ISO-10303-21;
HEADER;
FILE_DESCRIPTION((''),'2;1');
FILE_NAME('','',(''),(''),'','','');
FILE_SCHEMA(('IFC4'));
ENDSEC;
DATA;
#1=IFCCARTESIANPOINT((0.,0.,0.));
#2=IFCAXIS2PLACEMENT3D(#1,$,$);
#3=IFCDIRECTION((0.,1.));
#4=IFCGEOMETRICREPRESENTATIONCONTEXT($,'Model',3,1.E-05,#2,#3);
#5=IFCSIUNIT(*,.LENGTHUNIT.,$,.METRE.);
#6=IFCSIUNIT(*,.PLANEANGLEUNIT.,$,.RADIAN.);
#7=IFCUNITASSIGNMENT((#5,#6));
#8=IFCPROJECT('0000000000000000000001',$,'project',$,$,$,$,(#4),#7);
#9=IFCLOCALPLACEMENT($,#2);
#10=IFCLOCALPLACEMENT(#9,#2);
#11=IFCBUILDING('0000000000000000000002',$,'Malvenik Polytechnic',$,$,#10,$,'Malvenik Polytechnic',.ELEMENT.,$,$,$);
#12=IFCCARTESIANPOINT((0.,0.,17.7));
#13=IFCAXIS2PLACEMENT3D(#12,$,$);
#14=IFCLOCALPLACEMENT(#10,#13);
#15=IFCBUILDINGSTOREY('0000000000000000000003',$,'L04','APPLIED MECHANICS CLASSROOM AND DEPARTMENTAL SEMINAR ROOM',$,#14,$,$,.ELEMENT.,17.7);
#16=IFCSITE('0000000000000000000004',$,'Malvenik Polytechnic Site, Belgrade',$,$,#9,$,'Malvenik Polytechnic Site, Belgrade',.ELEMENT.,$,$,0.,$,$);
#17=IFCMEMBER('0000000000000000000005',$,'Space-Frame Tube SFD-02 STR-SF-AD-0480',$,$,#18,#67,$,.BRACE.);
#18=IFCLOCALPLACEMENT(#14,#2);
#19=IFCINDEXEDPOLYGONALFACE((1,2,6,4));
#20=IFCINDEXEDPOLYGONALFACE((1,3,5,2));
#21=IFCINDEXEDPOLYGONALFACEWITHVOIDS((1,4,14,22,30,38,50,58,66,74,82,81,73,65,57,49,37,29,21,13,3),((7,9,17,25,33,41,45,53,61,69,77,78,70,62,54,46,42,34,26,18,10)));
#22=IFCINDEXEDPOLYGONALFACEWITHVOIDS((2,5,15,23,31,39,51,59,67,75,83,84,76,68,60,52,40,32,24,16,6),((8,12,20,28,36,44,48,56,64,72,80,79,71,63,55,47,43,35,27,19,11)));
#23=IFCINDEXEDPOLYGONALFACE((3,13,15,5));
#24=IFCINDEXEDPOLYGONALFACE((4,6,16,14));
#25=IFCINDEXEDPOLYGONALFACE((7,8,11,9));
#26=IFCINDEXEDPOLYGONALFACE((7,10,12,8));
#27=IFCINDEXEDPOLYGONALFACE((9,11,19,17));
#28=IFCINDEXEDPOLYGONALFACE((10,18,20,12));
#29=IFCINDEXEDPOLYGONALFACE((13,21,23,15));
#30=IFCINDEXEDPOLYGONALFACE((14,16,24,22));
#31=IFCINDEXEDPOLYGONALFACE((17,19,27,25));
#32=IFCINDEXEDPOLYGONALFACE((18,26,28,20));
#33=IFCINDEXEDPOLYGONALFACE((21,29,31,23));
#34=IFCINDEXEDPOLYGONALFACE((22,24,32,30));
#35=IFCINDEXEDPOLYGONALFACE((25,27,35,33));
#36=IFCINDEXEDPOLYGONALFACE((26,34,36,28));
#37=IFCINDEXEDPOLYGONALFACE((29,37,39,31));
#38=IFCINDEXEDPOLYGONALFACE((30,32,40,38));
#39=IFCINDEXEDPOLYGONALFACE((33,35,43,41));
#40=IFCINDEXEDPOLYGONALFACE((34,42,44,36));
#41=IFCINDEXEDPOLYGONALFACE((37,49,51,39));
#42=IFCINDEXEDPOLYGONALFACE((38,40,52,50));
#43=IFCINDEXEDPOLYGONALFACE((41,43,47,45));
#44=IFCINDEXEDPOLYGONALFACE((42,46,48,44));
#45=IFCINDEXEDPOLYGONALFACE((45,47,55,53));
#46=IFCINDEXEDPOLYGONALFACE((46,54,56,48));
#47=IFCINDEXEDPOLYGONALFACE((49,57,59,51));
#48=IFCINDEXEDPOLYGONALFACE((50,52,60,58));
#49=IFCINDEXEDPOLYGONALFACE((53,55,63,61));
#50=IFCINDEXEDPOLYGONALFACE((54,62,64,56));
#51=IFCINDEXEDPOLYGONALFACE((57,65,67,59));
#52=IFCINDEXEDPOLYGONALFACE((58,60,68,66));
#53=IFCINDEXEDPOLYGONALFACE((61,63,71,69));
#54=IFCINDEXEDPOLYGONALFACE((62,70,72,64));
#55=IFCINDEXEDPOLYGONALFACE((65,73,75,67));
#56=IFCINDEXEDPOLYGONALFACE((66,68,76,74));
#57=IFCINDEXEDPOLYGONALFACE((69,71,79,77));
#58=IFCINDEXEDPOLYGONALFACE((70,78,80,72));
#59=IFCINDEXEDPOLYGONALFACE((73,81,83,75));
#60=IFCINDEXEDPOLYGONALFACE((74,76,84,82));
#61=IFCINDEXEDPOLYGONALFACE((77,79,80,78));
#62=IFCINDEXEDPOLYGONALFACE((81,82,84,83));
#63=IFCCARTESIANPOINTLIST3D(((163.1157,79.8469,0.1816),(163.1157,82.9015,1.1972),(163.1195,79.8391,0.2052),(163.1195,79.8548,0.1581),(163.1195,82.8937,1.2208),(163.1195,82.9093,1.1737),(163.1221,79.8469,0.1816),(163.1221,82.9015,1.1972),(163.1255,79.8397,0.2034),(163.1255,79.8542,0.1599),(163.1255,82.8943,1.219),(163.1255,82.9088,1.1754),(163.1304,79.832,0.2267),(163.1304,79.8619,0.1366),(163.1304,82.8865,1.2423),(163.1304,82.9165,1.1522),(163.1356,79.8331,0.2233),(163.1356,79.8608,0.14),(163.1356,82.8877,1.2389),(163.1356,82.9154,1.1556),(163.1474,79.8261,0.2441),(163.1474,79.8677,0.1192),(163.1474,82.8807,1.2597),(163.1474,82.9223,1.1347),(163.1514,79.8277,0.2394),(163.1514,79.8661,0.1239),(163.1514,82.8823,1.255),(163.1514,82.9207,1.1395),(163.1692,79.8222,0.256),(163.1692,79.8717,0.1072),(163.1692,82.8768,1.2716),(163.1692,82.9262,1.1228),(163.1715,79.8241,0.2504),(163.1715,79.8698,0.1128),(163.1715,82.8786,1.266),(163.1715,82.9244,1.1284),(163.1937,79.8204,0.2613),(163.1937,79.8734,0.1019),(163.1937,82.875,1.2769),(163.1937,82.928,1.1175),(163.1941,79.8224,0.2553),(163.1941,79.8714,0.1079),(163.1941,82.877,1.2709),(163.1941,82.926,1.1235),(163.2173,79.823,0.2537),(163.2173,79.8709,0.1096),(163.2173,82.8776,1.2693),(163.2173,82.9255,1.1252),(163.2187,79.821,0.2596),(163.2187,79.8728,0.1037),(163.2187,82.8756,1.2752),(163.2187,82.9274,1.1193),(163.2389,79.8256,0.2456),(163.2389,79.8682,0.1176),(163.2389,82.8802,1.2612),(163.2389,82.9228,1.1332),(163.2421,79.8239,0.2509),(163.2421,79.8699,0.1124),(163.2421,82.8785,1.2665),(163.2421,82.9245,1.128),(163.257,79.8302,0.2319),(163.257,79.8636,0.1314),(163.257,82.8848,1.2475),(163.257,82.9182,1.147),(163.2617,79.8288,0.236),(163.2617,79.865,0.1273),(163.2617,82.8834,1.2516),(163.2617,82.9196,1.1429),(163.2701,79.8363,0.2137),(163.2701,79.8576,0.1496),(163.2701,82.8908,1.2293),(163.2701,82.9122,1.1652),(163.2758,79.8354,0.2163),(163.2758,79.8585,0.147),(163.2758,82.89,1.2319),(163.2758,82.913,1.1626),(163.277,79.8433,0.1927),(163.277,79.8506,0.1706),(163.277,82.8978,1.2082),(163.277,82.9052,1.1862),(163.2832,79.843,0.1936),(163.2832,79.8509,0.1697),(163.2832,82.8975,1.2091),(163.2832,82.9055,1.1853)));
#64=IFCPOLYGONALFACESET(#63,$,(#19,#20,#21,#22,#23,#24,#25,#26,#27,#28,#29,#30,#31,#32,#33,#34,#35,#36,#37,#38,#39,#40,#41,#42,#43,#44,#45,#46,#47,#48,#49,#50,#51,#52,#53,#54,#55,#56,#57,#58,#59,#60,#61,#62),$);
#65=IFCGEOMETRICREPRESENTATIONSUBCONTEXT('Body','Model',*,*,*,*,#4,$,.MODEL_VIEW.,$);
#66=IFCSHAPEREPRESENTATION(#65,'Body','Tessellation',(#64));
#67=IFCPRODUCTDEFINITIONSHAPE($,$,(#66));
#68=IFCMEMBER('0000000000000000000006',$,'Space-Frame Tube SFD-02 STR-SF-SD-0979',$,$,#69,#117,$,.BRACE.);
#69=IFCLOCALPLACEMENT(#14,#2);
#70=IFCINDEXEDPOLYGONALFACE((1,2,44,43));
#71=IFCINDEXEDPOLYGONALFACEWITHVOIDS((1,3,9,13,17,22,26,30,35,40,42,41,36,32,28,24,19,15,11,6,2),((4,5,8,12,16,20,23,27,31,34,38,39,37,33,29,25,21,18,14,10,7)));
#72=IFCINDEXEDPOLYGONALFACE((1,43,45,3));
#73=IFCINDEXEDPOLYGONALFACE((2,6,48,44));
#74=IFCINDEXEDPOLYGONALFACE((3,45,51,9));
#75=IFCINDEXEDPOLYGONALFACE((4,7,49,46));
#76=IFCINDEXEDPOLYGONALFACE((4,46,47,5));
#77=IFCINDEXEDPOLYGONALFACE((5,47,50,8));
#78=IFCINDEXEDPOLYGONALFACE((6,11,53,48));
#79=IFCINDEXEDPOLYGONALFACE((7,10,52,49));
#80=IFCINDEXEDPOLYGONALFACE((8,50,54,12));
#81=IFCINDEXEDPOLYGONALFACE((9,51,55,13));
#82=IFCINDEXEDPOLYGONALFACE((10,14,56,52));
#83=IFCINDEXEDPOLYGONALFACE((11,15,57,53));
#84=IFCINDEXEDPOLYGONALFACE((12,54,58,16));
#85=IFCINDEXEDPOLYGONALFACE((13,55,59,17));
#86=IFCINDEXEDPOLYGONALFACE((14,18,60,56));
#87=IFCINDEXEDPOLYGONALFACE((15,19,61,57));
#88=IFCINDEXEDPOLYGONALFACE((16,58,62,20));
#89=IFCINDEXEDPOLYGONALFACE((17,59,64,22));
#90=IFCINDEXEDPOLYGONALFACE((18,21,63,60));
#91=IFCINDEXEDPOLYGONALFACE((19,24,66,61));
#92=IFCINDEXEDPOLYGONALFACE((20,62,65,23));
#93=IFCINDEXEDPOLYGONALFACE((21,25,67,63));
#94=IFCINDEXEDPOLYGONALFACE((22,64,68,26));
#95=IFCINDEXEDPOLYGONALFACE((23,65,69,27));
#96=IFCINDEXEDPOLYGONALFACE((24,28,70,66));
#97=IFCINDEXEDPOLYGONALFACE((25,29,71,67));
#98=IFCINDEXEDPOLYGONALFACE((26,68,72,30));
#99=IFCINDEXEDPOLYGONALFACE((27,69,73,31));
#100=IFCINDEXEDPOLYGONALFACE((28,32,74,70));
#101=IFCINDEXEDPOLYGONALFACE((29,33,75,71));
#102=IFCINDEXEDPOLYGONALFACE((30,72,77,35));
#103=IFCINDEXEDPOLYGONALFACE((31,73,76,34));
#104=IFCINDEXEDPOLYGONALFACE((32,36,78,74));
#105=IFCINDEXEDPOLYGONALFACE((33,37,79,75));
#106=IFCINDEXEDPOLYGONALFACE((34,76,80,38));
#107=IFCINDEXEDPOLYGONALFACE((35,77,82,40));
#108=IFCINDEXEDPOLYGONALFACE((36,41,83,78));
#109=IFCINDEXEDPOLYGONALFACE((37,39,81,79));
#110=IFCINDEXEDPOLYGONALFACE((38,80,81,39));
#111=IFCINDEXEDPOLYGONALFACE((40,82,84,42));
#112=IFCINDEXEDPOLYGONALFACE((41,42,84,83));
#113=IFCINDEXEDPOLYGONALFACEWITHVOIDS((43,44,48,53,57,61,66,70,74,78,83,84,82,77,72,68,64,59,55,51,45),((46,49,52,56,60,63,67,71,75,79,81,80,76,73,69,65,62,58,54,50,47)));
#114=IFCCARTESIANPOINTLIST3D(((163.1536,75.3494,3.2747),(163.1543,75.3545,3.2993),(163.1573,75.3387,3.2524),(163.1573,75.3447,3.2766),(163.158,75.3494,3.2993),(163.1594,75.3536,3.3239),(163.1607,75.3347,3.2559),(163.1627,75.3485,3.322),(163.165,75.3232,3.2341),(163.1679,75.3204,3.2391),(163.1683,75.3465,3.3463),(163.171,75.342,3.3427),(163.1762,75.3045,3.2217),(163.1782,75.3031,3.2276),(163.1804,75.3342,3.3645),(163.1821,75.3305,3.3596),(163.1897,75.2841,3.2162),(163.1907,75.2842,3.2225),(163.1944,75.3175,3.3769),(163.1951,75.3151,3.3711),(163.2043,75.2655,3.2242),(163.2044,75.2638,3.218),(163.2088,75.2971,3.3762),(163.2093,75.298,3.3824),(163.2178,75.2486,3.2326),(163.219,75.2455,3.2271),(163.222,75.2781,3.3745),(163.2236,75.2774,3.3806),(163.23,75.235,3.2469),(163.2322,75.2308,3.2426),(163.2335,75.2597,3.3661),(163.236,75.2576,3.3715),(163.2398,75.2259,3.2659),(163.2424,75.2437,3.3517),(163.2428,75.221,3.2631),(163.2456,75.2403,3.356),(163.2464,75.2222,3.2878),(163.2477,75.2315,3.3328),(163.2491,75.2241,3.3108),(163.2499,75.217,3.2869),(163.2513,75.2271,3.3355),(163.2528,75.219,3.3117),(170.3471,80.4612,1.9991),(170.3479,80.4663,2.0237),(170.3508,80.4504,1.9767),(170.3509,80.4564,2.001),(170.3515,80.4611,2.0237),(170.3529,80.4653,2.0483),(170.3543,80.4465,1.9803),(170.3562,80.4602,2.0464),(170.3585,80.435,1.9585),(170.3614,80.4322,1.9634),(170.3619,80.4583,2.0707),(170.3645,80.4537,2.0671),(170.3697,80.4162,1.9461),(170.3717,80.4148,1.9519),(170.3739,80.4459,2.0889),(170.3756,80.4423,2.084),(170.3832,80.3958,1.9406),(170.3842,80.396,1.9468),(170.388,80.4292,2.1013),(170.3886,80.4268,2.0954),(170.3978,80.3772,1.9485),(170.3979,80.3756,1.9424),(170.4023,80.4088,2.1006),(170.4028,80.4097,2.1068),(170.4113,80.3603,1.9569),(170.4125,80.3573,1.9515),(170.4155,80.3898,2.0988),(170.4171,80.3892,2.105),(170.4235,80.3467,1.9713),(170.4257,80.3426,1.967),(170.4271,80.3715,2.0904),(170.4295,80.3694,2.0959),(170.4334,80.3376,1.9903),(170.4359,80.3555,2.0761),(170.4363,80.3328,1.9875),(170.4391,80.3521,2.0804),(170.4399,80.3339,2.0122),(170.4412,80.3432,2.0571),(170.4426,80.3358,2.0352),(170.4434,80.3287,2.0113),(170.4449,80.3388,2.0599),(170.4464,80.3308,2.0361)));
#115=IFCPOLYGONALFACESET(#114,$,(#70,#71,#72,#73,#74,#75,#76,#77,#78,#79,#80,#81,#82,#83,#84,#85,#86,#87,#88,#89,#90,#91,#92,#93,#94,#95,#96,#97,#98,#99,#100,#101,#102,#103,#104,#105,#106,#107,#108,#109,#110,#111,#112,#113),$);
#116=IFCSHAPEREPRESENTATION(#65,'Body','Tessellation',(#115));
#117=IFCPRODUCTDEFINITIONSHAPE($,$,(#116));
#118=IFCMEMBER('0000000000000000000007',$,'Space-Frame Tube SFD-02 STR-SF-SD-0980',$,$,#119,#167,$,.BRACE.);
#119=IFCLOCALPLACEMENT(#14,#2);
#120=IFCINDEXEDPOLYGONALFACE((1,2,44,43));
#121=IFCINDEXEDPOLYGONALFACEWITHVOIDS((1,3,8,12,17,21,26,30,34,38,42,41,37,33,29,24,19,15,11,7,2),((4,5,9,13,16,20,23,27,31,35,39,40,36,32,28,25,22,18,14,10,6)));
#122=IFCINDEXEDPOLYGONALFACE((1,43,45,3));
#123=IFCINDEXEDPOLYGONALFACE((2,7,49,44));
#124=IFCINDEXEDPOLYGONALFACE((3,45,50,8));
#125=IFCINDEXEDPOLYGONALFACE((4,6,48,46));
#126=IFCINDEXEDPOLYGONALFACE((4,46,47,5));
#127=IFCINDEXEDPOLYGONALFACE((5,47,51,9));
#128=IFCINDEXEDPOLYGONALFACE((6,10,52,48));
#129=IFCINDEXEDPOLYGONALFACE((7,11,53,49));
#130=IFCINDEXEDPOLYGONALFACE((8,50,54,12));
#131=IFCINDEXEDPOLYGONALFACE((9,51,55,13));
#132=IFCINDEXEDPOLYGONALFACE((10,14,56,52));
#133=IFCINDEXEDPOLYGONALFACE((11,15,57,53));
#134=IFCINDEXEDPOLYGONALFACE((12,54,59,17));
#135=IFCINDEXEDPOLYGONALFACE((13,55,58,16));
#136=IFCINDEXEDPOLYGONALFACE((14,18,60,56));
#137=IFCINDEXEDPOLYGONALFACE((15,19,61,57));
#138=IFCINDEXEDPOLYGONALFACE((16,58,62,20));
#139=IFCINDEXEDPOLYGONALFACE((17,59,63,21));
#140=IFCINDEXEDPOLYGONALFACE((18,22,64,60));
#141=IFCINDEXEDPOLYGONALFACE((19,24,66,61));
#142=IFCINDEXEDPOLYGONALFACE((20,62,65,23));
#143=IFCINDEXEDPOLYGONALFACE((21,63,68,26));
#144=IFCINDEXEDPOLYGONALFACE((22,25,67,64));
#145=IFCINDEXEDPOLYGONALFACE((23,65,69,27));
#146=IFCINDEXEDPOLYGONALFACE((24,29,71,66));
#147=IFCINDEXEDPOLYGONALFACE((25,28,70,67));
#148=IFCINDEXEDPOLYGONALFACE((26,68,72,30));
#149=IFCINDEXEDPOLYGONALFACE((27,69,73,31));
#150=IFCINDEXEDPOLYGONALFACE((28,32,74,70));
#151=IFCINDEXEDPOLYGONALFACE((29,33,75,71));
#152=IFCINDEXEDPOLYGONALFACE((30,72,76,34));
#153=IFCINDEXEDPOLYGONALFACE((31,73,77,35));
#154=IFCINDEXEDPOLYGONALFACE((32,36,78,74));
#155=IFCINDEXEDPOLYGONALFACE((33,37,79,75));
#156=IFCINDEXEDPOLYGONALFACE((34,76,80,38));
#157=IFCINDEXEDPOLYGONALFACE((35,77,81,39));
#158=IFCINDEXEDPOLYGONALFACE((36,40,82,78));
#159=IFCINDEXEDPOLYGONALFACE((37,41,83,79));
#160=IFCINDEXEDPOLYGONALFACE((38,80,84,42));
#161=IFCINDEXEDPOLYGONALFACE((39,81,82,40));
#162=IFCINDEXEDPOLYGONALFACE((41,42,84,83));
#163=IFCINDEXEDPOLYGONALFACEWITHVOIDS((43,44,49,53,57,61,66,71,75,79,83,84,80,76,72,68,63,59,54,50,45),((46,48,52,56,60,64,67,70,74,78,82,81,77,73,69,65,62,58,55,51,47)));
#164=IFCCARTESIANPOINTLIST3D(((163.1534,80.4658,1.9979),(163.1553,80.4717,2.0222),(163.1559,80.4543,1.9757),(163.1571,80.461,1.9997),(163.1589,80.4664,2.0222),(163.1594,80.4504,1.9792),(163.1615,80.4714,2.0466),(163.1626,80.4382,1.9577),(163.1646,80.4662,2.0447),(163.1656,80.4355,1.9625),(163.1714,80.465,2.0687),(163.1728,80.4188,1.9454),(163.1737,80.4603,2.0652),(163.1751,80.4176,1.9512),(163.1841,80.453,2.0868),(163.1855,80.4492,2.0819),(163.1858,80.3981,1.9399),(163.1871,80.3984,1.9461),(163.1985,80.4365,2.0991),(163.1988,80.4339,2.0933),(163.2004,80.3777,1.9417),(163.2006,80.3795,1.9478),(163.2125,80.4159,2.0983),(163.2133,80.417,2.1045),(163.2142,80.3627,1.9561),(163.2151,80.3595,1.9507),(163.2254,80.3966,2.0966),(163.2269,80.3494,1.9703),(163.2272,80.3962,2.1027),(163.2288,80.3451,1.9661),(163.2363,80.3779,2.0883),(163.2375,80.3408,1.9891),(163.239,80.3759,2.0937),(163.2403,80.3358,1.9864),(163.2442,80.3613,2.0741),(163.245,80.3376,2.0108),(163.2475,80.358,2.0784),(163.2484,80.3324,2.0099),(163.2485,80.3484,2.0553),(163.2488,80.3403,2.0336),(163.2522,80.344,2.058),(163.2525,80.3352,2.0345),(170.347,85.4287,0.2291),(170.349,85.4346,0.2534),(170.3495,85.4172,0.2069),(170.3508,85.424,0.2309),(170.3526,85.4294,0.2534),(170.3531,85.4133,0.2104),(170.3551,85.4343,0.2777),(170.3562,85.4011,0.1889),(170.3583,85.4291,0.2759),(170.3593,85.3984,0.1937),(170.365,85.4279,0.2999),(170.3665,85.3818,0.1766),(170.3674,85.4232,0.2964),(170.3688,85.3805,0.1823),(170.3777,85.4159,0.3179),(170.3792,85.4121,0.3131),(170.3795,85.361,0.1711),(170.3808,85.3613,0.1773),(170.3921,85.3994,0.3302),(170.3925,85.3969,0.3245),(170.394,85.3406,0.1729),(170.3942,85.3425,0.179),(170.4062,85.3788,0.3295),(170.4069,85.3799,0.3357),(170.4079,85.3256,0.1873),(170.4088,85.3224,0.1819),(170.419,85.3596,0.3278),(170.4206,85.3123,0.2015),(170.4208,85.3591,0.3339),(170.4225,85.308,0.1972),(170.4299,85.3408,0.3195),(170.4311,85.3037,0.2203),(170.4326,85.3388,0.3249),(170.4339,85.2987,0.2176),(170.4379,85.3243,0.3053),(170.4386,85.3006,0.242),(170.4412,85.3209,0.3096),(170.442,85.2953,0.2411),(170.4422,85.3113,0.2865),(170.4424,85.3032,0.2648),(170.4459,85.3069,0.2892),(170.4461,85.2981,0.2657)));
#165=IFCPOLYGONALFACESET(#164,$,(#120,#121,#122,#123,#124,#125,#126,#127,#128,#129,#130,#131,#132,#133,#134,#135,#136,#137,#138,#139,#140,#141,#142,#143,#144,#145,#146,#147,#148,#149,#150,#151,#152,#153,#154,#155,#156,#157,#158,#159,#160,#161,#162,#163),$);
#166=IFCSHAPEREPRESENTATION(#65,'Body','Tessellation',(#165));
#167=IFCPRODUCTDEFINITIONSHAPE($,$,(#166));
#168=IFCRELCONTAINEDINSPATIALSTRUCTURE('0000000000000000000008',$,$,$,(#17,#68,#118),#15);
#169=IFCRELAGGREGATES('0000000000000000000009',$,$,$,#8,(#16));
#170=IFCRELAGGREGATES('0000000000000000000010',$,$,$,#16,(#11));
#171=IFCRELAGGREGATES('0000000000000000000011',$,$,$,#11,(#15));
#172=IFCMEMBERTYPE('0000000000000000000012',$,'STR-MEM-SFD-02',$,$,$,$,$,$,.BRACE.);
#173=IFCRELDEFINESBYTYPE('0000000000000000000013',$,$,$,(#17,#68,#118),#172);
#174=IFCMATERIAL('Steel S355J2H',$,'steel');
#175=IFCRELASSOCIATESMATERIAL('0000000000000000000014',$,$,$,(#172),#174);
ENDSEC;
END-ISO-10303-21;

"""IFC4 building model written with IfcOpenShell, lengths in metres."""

from ifc_helpers import new_model, si_unit, direction, frame, origin, origin_2d, place, context, subcontext, project, spatial, hollow_circle, extrude, material, material_profile, profile_set, type_object, element, save


model = new_model("IFC4")

# Units and contexts
model_context = context("Model", 3, precision=1e-05, world=origin(), true_north=direction((0.0, 1.0)))
body_context = subcontext(model_context, "Body", "Model", "MODEL_VIEW")
ifc_project = project(units=[si_unit("LENGTHUNIT", "METRE"), si_unit("PLANEANGLEUNIT", "RADIAN")], contexts=[model_context])

# Site, building, storey
site_placement = place(None, origin())
site = spatial("IfcSite", under=ifc_project, at=site_placement, Name="Malvenik Polytechnic Site, Belgrade", LongName="Malvenik Polytechnic Site, Belgrade", CompositionType="ELEMENT", RefElevation=0.0)
building_placement = place(site_placement, origin())
building = spatial("IfcBuilding", under=site, at=building_placement, Name="Malvenik Polytechnic", LongName="Malvenik Polytechnic", CompositionType="ELEMENT")
storey_placement = place(building_placement, frame((0.0, 0.0, 17.7)))
storey = spatial("IfcBuildingStorey", under=building, at=storey_placement, Name="L04", Description="APPLIED MECHANICS CLASSROOM AND DEPARTMENTAL SEMINAR ROOM", CompositionType="ELEMENT", Elevation=17.7)

# Members
ifc_material = material(Name="Steel S355J2H", Category="steel")
ifc_material_profile_1 = material_profile(ifc_material, hollow_circle(Radius=0.0842, WallThickness=0.0063, at=origin_2d()), Name="CHS 168.3x6.3")
ifc_profile_set_1 = profile_set([ifc_material_profile_1], Name="Steel S355J2H")
member_type_1 = type_object("IfcMemberType", Name="STR-MEM-SFD-02", PredefinedType="BRACE", material=ifc_profile_set_1)
for number, where, z_axis, x_axis, name in (
    (1, (163.2, 79.8469, 0.1816), (0.0, 0.948926, 0.3155), (-1.0, 0.0, 0.0), "Space-Frame Tube SFD-02 STR-SF-AD-0480"),
):
    element("IfcMember", number, at=place(storey_placement, frame(where, z_axis=z_axis, x_axis=x_axis)), inside=storey, type_object=member_type_1, Name=name, PredefinedType="BRACE", context=body_context, shape_type="SweptSolid", body=[
        extrude(hollow_circle(Radius=0.0842, WallThickness=0.0063, at=origin_2d()), origin(), (0.0, 0.0, 1.0), 3.219),
    ])
member_1_placement = place(storey_placement, frame((163.2031, 75.2859, 3.2993), z_axis=(0.806765, 0.573292, -0.143063), x_axis=(-0.57925, 0.81515, 0.0)))
element("IfcMember", 2, at=member_1_placement, inside=storey, type_object=member_type_1, Name="Space-Frame Tube SFD-02 STR-SF-SD-0979", PredefinedType="BRACE", context=body_context, shape_type="SweptSolid", body=[
    extrude(hollow_circle(Radius=0.0842, WallThickness=0.0063, at=origin_2d()), origin(), (0.0, 0.0, 1.0), 8.9165),
])
member_2_placement = place(storey_placement, frame((163.2031, 80.4023, 2.0222), z_axis=(0.80676, 0.556586, -0.19837), x_axis=(-0.567871, 0.823117, 0.0)))
element("IfcMember", 3, at=member_2_placement, inside=storey, type_object=member_type_1, Name="Space-Frame Tube SFD-02 STR-SF-SD-0980", PredefinedType="BRACE", context=body_context, shape_type="SweptSolid", body=[
    extrude(hollow_circle(Radius=0.0842, WallThickness=0.0063, at=origin_2d()), origin(), (0.0, 0.0, 1.0), 8.9167),
])

save(model, "model.ifc")
